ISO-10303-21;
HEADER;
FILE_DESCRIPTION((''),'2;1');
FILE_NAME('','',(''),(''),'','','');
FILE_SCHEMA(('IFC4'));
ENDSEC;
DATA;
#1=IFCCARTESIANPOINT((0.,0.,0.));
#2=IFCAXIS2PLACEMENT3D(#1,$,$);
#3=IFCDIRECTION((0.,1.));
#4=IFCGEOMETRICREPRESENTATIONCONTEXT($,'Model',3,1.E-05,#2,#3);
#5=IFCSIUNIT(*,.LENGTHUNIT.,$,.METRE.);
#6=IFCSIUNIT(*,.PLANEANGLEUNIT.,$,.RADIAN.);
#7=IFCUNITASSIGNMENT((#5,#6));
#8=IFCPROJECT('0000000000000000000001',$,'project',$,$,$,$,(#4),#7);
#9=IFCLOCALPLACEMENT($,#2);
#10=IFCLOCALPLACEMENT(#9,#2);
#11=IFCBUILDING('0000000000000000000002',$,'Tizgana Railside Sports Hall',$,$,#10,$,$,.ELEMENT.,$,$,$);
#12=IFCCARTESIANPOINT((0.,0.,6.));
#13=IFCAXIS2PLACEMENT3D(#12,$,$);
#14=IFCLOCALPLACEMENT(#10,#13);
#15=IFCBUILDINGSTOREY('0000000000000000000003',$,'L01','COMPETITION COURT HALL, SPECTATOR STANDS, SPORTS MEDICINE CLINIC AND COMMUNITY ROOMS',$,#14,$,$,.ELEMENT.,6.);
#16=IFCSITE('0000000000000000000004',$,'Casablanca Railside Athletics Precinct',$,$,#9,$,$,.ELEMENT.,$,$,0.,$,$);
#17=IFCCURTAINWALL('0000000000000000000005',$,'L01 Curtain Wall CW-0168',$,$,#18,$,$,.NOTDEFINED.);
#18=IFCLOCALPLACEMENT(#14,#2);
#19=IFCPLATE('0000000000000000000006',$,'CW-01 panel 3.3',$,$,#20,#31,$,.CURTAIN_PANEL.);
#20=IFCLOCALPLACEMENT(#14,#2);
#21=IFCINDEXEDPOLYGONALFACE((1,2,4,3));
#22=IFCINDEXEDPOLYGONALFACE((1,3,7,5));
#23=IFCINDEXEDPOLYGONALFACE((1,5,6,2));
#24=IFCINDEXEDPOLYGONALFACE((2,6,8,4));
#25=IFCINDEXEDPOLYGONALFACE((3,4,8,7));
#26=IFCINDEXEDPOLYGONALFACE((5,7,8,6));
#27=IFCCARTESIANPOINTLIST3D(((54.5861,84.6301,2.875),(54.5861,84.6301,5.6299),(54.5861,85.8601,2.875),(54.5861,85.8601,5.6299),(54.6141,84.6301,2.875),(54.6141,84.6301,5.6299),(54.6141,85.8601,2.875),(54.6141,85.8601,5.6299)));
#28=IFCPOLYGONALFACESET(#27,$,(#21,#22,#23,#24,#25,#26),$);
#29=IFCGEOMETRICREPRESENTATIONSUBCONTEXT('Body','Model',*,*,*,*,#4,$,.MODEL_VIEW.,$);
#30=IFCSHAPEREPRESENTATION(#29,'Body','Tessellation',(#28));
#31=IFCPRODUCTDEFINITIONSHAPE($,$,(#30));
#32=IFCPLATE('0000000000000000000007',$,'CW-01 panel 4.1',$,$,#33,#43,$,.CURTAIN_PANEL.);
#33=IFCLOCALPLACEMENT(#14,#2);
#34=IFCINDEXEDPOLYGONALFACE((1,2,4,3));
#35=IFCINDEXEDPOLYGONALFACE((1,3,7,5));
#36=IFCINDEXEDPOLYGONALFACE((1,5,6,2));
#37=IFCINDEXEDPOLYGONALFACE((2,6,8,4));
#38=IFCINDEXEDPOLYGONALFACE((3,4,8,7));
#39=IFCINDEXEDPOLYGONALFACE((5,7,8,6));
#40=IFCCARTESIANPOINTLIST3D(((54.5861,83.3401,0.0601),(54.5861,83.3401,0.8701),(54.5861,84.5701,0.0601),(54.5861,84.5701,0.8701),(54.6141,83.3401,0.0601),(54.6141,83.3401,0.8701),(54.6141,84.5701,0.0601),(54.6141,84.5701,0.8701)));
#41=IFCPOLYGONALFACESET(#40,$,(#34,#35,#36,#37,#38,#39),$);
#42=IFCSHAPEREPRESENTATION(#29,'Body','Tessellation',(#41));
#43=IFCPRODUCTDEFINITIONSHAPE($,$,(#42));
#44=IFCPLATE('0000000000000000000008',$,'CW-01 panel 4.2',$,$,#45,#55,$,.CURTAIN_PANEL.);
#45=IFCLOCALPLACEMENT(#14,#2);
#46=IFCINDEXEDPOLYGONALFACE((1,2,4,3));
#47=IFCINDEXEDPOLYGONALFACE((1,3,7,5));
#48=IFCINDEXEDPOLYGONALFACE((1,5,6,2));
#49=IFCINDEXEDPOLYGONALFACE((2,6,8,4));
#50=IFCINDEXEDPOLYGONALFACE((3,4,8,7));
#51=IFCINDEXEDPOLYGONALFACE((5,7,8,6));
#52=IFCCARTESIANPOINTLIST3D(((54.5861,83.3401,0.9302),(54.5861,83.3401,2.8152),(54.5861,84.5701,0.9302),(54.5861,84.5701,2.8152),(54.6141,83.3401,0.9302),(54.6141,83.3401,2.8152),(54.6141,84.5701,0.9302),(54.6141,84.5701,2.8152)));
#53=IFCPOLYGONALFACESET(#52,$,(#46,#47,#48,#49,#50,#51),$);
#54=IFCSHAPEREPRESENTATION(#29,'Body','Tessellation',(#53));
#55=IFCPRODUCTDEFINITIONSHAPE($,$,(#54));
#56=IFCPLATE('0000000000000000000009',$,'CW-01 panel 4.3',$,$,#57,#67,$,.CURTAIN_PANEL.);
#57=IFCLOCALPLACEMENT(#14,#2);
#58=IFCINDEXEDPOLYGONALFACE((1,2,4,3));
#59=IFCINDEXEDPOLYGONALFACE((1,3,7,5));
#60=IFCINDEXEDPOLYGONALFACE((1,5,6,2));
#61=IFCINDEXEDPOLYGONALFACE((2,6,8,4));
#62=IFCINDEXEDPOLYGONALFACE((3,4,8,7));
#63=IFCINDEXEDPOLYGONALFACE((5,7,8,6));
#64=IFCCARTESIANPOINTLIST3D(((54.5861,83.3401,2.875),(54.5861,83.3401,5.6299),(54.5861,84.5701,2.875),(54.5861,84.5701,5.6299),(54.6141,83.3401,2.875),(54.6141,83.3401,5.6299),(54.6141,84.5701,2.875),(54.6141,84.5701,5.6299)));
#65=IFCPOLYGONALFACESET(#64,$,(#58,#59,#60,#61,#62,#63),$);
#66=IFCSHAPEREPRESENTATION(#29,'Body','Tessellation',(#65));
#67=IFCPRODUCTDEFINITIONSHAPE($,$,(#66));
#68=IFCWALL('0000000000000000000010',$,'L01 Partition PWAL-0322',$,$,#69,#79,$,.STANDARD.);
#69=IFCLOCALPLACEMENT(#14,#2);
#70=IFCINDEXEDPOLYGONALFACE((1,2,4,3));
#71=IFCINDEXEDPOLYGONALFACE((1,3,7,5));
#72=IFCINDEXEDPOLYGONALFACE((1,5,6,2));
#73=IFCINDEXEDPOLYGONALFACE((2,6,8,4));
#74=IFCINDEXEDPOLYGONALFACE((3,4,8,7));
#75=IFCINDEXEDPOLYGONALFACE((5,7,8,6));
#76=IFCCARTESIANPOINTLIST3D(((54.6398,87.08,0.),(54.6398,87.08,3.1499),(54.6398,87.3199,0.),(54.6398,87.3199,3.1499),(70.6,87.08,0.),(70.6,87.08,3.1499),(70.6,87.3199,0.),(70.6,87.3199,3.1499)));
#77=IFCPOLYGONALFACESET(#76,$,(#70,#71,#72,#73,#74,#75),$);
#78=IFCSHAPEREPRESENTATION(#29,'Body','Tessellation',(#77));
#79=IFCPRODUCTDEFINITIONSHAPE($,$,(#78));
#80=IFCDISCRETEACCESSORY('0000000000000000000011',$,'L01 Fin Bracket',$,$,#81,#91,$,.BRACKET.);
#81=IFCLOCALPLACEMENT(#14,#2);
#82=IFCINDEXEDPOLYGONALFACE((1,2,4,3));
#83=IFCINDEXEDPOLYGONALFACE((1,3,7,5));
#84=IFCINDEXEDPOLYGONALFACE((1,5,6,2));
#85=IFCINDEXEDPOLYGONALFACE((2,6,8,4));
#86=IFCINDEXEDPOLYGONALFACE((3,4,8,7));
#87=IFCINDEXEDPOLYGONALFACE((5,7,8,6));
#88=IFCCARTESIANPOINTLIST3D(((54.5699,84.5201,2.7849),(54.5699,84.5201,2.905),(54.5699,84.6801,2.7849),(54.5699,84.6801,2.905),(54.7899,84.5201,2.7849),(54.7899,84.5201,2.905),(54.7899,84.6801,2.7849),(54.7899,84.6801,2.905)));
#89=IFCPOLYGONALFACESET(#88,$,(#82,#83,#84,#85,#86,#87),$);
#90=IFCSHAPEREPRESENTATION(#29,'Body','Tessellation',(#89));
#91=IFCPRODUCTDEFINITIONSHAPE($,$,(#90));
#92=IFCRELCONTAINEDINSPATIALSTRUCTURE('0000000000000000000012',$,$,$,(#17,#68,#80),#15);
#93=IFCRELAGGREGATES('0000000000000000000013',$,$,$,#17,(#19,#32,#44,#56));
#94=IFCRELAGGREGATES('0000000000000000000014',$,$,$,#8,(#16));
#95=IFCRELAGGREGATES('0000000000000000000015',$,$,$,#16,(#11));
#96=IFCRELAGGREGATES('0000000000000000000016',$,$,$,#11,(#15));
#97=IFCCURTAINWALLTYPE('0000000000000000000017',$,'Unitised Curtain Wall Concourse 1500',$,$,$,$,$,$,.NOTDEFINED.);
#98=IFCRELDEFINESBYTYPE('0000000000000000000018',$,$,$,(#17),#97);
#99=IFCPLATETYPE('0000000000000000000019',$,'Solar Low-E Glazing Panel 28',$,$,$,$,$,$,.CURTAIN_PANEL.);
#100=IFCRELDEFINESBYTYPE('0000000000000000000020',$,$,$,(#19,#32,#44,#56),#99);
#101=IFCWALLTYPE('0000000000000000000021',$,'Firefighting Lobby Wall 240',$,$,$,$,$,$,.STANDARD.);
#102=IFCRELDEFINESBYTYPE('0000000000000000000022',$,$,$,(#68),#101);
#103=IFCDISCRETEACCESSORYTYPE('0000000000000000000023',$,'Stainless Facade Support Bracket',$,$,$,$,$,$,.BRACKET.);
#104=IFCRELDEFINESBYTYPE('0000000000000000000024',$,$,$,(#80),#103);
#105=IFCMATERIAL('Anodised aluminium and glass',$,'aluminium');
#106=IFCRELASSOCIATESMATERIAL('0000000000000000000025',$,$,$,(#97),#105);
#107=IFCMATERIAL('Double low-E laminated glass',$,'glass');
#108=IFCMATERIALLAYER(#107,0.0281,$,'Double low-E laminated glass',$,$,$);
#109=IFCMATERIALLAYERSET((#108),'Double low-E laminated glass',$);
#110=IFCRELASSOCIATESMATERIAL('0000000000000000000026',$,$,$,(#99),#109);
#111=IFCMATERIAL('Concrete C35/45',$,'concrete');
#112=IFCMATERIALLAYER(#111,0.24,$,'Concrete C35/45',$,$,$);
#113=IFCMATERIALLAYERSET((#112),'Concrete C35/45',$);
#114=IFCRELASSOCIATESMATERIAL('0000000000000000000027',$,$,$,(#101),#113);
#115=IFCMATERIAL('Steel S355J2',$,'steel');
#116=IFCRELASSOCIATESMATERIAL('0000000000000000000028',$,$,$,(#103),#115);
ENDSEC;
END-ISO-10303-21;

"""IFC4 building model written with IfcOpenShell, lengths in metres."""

from ifc_helpers import new_model, si_unit, direction, frame, frame_2d, origin, origin_2d, place, context, subcontext, project, spatial, rectangle, extrude, material, layer, layer_set, type_object, element, aggregate, save


model = new_model("IFC4")

# Units and contexts
model_context = context("Model", 3, precision=1e-05, world=origin(), true_north=direction((0.0, 1.0)))
body_context = subcontext(model_context, "Body", "Model", "MODEL_VIEW")
ifc_project = project(units=[si_unit("LENGTHUNIT", "METRE"), si_unit("PLANEANGLEUNIT", "RADIAN")], contexts=[model_context])

# Site, building, storey
site_placement = place(None, origin())
site = spatial("IfcSite", under=ifc_project, at=site_placement, Name="Casablanca Railside Athletics Precinct", CompositionType="ELEMENT", RefElevation=0.0)
building_placement = place(site_placement, origin())
building = spatial("IfcBuilding", under=site, at=building_placement, Name="Tizgana Railside Sports Hall", CompositionType="ELEMENT")
storey_placement = place(building_placement, frame((0.0, 0.0, 6.0)))
storey = spatial("IfcBuildingStorey", under=building, at=storey_placement, Name="L01", Description="COMPETITION COURT HALL, SPECTATOR STANDS, SPORTS MEDICINE CLINIC AND COMMUNITY ROOMS", CompositionType="ELEMENT", Elevation=6.0)

# Curtain wall, plates
ifc_material_1 = material(Name="Anodised aluminium and glass", Category="aluminium")
curtain_wall_type = type_object("IfcCurtainWallType", Name="Unitised Curtain Wall Concourse 1500", PredefinedType="NOTDEFINED", material=ifc_material_1)
curtain_wall_placement = place(storey_placement, origin())
curtain_wall = element("IfcCurtainWall", 1, at=curtain_wall_placement, inside=storey, type_object=curtain_wall_type, Name="L01 Curtain Wall CW-0168", PredefinedType="NOTDEFINED")
ifc_material_2 = material(Name="Double low-E laminated glass", Category="glass")
ifc_layer_1 = layer(ifc_material_2, 0.0281, Name="Double low-E laminated glass")
ifc_layer_set_1 = layer_set([ifc_layer_1], Name="Double low-E laminated glass")
plate_type = type_object("IfcPlateType", Name="Solar Low-E Glazing Panel 28", PredefinedType="CURTAIN_PANEL", material=ifc_layer_set_1)
plate_1_placement = place(storey_placement, frame((54.6001, 85.2451, 2.875), z_axis=(0.0, 0.0, 1.0), x_axis=(0.0, -1.0, 0.0)))
plate_1 = element("IfcPlate", 2, at=plate_1_placement, type_object=plate_type, Name="CW-01 panel 3.3", PredefinedType="CURTAIN_PANEL", context=body_context, shape_type="SweptSolid", body=[
    extrude(rectangle(XDim=1.23, YDim=0.0281, at=origin_2d()), origin(), (0.0, 0.0, 1.0), 2.7549),
])
plate_2_placement = place(storey_placement, frame((54.6001, 83.9551, 0.0601), z_axis=(0.0, 0.0, 1.0), x_axis=(0.0, -1.0, 0.0)))
plate_2 = element("IfcPlate", 3, at=plate_2_placement, type_object=plate_type, Name="CW-01 panel 4.1", PredefinedType="CURTAIN_PANEL", context=body_context, shape_type="SweptSolid", body=[
    extrude(rectangle(XDim=1.23, YDim=0.0281, at=origin_2d()), origin(), (0.0, 0.0, 1.0), 0.8101),
])
plate_3_placement = place(storey_placement, frame((54.6001, 83.9551, 0.9302), z_axis=(0.0, 0.0, 1.0), x_axis=(0.0, -1.0, 0.0)))
plate_3 = element("IfcPlate", 4, at=plate_3_placement, type_object=plate_type, Name="CW-01 panel 4.2", PredefinedType="CURTAIN_PANEL", context=body_context, shape_type="SweptSolid", body=[
    extrude(rectangle(XDim=1.23, YDim=0.0281, at=origin_2d()), origin(), (0.0, 0.0, 1.0), 1.885),
])
plate_4_placement = place(storey_placement, frame((54.6001, 83.9551, 2.875), z_axis=(0.0, 0.0, 1.0), x_axis=(0.0, -1.0, 0.0)))
plate_4 = element("IfcPlate", 5, at=plate_4_placement, type_object=plate_type, Name="CW-01 panel 4.3", PredefinedType="CURTAIN_PANEL", context=body_context, shape_type="SweptSolid", body=[
    extrude(rectangle(XDim=1.23, YDim=0.0281, at=origin_2d()), origin(), (0.0, 0.0, 1.0), 2.7549),
])
aggregate(curtain_wall, [plate_1, plate_2, plate_3, plate_4])

# Wall
ifc_material_3 = material(Name="Concrete C35/45", Category="concrete")
ifc_layer_2 = layer(ifc_material_3, 0.24, Name="Concrete C35/45")
ifc_layer_set_2 = layer_set([ifc_layer_2], Name="Concrete C35/45")
wall_type = type_object("IfcWallType", Name="Firefighting Lobby Wall 240", PredefinedType="STANDARD", material=ifc_layer_set_2)
wall_placement = place(storey_placement, frame((54.6399, 87.2, 0.0), z_axis=(0.0, 0.0, 1.0), x_axis=(1.0, 0.0, 0.0)))
element("IfcWall", 6, at=wall_placement, inside=storey, type_object=wall_type, Name="L01 Partition PWAL-0322", PredefinedType="STANDARD", context=body_context, shape_type="SweptSolid", body=[
    extrude(rectangle(XDim=15.9602, YDim=0.24, at=frame_2d((7.98, 0.0))), origin(), (0.0, 0.0, 1.0), 3.1499),
])

# Discrete accessory
ifc_material_4 = material(Name="Steel S355J2", Category="steel")
discrete_accessory_type = type_object("IfcDiscreteAccessoryType", Name="Stainless Facade Support Bracket", PredefinedType="BRACKET", material=ifc_material_4)
discrete_accessory_placement = place(storey_placement, frame((54.6799, 84.6001, 2.7849), z_axis=(0.0, 0.0, 1.0), x_axis=(0.0, -1.0, 0.0)))
element("IfcDiscreteAccessory", 7, at=discrete_accessory_placement, inside=storey, type_object=discrete_accessory_type, Name="L01 Fin Bracket", PredefinedType="BRACKET", context=body_context, shape_type="SweptSolid", body=[
    extrude(rectangle(XDim=0.1599, YDim=0.22, at=origin_2d()), origin(), (0.0, 0.0, 1.0), 0.1201),
])

save(model, "model.ifc")
